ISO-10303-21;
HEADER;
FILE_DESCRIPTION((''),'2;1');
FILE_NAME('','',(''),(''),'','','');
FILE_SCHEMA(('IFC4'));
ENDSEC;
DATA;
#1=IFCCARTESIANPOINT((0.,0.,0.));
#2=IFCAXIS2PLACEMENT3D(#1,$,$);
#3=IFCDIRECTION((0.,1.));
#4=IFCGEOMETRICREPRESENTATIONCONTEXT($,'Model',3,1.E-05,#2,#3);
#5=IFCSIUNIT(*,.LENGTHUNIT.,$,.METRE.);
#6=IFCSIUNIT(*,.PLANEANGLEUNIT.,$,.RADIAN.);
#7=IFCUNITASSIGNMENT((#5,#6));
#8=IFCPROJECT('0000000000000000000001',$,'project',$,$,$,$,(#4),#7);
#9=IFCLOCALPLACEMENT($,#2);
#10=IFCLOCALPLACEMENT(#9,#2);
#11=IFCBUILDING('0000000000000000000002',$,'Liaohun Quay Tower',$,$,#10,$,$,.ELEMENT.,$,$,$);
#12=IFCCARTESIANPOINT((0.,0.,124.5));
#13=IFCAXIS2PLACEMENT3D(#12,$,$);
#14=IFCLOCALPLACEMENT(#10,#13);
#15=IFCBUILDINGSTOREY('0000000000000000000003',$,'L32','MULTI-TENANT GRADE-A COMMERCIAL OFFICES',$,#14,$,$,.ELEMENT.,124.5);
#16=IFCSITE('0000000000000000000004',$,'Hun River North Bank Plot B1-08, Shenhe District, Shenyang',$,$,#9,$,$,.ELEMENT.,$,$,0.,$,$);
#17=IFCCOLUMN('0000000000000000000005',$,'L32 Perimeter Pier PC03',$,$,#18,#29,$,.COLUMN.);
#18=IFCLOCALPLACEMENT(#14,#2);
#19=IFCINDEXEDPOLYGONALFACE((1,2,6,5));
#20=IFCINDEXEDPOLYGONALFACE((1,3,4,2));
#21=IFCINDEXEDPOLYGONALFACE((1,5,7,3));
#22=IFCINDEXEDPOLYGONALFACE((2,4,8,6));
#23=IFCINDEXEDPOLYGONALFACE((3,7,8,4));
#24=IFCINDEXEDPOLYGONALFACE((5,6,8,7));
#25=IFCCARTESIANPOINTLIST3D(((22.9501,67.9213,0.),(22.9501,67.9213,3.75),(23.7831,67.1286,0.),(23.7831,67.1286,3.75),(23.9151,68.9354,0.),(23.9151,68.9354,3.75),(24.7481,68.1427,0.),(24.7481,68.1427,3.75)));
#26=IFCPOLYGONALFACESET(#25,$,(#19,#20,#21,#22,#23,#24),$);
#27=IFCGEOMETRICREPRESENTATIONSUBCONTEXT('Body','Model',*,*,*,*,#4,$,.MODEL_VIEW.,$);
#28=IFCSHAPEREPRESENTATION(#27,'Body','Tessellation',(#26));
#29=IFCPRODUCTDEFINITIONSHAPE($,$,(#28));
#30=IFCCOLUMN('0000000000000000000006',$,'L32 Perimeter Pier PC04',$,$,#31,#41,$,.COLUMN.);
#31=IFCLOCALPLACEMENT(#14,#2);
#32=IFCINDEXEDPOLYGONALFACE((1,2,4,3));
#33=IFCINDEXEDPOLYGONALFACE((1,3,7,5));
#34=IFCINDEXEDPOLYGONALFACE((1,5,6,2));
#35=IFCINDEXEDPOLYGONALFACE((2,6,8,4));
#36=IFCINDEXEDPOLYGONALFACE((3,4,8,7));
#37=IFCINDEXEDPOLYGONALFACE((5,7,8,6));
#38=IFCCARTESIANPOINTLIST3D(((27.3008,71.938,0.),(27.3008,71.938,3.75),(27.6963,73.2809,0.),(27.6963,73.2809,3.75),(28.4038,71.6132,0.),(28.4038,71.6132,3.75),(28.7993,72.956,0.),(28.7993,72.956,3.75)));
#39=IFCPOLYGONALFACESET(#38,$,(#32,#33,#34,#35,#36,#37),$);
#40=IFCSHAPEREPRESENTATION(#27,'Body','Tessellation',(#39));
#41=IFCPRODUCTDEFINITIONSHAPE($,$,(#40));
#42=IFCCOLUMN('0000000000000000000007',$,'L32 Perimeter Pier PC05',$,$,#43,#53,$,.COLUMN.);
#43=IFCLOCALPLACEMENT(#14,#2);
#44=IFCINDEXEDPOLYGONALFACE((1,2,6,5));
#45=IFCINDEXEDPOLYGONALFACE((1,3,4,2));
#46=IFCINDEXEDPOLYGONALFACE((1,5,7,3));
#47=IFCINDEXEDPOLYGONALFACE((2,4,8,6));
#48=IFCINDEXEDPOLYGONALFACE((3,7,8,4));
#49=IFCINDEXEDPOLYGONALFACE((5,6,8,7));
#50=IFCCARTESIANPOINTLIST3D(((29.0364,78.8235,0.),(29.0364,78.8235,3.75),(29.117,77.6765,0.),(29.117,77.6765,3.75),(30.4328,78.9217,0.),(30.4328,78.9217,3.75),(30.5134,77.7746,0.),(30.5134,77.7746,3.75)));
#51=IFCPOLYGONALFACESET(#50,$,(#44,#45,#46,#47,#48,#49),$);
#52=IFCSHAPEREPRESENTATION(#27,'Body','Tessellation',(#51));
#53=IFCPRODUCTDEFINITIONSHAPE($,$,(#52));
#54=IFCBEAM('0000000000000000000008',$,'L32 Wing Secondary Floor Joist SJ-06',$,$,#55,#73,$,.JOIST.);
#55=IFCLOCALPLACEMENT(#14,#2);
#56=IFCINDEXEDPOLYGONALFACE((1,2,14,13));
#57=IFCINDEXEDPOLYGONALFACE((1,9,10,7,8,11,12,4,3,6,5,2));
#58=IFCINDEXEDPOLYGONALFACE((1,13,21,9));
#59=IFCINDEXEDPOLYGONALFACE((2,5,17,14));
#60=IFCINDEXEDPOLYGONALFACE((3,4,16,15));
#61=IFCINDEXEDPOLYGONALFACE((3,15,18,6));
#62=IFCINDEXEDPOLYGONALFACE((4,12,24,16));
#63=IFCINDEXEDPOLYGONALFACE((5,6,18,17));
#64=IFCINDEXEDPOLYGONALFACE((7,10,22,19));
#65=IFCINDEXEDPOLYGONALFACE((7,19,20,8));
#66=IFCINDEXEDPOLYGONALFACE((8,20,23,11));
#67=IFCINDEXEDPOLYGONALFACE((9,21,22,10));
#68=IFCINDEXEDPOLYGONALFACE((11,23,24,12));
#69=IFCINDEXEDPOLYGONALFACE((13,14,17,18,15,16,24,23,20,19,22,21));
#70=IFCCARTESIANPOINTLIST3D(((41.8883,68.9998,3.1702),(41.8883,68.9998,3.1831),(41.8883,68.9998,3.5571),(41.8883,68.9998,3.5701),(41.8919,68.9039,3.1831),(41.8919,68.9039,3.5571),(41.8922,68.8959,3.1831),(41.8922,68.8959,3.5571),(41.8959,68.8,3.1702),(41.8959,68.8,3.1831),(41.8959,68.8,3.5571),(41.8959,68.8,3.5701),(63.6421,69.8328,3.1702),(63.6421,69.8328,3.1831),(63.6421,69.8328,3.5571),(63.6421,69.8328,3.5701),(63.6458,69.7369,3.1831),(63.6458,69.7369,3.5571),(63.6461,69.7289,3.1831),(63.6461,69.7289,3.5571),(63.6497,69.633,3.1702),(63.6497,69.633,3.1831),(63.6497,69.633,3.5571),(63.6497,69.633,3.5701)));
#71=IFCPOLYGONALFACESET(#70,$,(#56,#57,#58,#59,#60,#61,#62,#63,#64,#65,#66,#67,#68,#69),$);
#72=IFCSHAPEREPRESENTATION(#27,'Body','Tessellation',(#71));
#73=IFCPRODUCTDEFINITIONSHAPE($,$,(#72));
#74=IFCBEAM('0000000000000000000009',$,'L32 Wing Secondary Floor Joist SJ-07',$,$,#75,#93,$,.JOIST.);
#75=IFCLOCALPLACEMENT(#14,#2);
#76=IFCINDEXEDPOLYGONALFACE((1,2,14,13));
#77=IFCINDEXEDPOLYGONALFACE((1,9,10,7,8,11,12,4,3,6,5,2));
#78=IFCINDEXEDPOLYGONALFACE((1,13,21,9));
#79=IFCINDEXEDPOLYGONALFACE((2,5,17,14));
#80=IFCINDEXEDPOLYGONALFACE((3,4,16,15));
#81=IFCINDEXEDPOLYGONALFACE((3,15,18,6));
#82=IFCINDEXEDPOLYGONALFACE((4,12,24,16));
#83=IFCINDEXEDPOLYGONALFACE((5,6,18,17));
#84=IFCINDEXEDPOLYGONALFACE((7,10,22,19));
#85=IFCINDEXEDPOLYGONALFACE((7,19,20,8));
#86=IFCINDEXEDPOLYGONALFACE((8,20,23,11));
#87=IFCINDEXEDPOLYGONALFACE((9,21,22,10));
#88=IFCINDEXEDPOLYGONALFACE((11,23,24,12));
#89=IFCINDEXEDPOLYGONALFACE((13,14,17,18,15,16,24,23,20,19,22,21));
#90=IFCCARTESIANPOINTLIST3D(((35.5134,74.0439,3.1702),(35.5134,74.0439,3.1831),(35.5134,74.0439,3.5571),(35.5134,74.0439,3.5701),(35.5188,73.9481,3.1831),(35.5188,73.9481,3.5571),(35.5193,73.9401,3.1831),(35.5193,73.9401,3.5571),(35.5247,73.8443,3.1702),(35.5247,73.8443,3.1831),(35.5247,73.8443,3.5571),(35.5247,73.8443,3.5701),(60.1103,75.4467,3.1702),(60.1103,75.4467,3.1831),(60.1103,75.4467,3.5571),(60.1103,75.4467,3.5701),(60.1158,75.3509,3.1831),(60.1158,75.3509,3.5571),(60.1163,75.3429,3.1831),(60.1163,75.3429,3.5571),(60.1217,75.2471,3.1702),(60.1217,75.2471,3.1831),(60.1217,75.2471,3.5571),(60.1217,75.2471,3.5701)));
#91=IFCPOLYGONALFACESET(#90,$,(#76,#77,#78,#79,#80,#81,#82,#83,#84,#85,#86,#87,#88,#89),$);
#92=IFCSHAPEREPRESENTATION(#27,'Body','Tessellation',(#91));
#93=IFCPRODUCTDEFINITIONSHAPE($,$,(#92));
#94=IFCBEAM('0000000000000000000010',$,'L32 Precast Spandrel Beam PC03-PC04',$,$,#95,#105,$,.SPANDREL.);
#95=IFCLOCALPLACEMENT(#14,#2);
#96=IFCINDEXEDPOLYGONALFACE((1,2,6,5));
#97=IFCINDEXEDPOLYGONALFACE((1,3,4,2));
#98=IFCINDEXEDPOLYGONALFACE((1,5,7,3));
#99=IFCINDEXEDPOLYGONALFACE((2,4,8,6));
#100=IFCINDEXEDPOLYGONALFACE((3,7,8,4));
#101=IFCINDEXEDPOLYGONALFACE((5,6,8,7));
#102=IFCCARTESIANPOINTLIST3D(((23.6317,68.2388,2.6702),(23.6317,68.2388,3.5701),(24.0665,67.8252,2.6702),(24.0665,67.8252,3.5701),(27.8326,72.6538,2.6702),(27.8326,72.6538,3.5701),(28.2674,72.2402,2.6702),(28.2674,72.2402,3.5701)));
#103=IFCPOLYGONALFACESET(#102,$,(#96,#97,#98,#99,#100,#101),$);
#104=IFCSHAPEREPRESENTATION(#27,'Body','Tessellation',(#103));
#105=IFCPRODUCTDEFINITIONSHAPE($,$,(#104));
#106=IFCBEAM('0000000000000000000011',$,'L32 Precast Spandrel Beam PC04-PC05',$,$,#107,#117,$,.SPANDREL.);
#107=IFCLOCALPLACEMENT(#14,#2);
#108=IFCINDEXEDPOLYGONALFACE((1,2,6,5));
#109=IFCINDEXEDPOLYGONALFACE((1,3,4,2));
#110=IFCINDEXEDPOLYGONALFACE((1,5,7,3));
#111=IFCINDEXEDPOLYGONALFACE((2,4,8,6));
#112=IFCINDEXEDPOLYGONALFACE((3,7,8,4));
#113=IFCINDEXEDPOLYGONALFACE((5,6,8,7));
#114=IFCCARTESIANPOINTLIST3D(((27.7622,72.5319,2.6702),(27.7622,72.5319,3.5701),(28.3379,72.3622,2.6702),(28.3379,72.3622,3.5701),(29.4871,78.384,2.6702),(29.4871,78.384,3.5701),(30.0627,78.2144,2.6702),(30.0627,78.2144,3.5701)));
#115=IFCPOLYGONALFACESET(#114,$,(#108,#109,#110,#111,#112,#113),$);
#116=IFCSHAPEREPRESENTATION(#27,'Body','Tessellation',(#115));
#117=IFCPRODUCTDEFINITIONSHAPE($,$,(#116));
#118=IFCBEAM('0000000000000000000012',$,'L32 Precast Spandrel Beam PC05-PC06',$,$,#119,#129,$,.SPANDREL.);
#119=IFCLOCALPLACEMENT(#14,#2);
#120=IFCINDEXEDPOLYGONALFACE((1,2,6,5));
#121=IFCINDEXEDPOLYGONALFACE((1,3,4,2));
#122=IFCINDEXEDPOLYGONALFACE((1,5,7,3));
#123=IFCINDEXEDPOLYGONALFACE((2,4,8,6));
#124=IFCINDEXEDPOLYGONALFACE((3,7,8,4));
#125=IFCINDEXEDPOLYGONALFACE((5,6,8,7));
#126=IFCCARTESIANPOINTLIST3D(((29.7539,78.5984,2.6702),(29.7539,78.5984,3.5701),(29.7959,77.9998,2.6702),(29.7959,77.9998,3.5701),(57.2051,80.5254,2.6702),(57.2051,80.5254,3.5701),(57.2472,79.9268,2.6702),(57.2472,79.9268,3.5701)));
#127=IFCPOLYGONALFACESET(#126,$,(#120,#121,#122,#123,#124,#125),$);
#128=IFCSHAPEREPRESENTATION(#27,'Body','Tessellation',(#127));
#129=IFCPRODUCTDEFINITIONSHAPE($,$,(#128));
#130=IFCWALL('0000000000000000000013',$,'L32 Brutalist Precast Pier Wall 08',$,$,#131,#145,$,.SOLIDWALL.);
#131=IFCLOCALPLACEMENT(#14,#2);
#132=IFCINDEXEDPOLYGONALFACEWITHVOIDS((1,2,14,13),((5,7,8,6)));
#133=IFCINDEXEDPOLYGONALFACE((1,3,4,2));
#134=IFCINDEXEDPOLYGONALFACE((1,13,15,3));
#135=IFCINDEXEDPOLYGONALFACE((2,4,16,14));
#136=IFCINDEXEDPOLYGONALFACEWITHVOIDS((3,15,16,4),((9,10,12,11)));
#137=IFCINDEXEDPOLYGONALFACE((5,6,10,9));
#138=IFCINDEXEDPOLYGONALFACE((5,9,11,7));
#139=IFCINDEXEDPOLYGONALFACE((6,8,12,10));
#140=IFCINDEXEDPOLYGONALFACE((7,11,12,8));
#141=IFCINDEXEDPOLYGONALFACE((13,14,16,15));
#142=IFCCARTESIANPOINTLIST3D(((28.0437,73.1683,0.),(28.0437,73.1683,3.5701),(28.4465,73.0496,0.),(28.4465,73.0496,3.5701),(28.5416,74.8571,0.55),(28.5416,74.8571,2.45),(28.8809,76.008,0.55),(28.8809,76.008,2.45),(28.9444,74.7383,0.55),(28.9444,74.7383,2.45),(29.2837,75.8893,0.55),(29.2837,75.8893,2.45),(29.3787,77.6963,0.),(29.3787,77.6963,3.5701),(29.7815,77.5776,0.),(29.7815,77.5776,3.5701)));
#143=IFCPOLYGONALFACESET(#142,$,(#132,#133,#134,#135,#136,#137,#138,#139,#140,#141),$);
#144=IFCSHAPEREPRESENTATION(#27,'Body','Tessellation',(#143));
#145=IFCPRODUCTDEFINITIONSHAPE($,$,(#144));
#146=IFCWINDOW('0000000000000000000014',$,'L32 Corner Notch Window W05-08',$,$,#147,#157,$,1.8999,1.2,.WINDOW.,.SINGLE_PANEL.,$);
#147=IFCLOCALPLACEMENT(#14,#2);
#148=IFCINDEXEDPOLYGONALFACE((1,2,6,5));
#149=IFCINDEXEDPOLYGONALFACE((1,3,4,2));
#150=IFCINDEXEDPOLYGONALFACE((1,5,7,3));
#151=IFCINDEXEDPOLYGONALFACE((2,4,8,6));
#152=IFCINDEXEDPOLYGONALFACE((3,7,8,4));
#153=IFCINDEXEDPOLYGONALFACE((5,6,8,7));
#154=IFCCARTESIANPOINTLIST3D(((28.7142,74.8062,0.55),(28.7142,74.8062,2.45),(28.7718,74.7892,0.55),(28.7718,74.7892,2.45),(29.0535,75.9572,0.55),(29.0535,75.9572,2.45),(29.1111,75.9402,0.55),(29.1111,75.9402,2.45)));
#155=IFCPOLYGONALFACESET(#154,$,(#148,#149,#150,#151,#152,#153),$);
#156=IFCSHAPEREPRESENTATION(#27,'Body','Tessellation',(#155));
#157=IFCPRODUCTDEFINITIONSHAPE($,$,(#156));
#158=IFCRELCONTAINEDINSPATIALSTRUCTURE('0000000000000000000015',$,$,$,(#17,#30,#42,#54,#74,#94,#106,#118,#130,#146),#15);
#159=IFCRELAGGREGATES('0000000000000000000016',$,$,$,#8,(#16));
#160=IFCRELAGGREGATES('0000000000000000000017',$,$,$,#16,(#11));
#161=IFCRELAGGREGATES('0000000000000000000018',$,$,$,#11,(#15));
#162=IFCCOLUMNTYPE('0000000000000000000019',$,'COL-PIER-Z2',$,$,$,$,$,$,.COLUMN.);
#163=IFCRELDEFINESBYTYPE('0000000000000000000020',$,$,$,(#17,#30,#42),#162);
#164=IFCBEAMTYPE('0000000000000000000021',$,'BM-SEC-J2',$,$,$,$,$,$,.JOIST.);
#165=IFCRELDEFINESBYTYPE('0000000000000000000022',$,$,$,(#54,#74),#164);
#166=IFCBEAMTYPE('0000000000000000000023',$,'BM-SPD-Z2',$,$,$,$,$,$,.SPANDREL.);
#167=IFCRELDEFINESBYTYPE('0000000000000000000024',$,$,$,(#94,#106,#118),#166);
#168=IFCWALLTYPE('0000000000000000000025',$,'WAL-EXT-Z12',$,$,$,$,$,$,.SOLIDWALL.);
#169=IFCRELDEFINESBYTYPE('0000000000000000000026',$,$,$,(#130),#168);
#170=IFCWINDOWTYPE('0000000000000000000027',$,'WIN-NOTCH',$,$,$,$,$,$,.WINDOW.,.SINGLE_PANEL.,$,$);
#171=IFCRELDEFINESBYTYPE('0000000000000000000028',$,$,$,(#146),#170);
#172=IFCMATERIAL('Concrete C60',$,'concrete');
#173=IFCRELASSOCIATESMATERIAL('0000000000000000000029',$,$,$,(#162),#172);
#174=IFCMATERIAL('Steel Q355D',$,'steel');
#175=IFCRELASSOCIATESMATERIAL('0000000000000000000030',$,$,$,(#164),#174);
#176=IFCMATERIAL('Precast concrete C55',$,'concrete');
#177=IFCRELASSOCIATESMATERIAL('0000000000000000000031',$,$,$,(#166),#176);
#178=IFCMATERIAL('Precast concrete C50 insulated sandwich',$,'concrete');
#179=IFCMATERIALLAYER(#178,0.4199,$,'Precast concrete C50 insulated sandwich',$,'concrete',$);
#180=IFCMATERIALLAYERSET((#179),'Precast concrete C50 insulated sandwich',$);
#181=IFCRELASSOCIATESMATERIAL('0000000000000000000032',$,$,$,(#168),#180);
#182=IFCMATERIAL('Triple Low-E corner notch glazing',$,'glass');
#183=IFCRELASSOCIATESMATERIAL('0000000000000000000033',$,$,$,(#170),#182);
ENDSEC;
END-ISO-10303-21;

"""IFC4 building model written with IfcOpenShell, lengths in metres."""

from ifc_helpers import new_model, si_unit, direction, frame, frame_2d, origin, origin_2d, place, context, subcontext, project, spatial, rectangle, i_section, extrude, source, transform, mapped, material, layer, layer_set, material_profile, profile_set, type_object, element, fill, save


model = new_model("IFC4")

# Units and contexts
model_context = context("Model", 3, precision=1e-05, world=origin(), true_north=direction((0.0, 1.0)))
body_context = subcontext(model_context, "Body", "Model", "MODEL_VIEW")
ifc_project = project(units=[si_unit("LENGTHUNIT", "METRE"), si_unit("PLANEANGLEUNIT", "RADIAN")], contexts=[model_context])

# Site, building, storey
site_placement = place(None, origin())
site = spatial("IfcSite", under=ifc_project, at=site_placement, Name="Hun River North Bank Plot B1-08, Shenhe District, Shenyang", CompositionType="ELEMENT", RefElevation=0.0)
building_placement = place(site_placement, origin())
building = spatial("IfcBuilding", under=site, at=building_placement, Name="Liaohun Quay Tower", CompositionType="ELEMENT")
storey_placement = place(building_placement, frame((0.0, 0.0, 124.5)))
storey = spatial("IfcBuildingStorey", under=building, at=storey_placement, Name="L32", Description="MULTI-TENANT GRADE-A COMMERCIAL OFFICES", CompositionType="ELEMENT", Elevation=124.5)

# Columns
ifc_material_1 = material(Name="Concrete C60", Category="concrete")
ifc_material_profile_1 = material_profile(ifc_material_1, rectangle(XDim=1.3999, YDim=1.1499, at=origin_2d()), Name="RC1400x1150")
ifc_profile_set_1 = profile_set([ifc_material_profile_1], Name="Concrete C60")
column_type = type_object("IfcColumnType", Name="COL-PIER-Z2", PredefinedType="COLUMN", material=ifc_profile_set_1)
shared_shape_1 = source(origin(), body_context, "Body", "SweptSolid", [
    extrude(rectangle(XDim=1.3999, YDim=1.1499, at=origin_2d()), origin(), (0.0, 0.0, 1.0), 3.75),
])
for number, where, z_axis, x_axis, name in (
    (1, (23.8491, 68.032, 0.0), (0.0, 0.0, 1.0), (0.689367, 0.724413, 0.0), "L32 Perimeter Pier PC03"),
    (2, (28.05, 72.447, 0.0), (0.0, 0.0, 1.0), (0.282509, 0.959265, 0.0), "L32 Perimeter Pier PC04"),
    (3, (29.7749, 78.2991, 0.0), (0.0, 0.0, 1.0), (0.99754, 0.070105, 0.0), "L32 Perimeter Pier PC05"),
):
    element("IfcColumn", number, at=place(storey_placement, frame(where, z_axis=z_axis, x_axis=x_axis)), inside=storey, type_object=column_type, Name=name, PredefinedType="COLUMN", context=body_context, shape_type="MappedRepresentation", body=[
        mapped(shared_shape_1, transform((0.0, 0.0, 0.0), x_axis=(1.0, 0.0, 0.0), y_axis=(0.0, 1.0, 0.0), z_axis=(0.0, 0.0, 1.0), scale=1.0)),
    ])

# Beams
ifc_material_2 = material(Name="Steel Q355D", Category="steel")
ifc_material_profile_2 = material_profile(ifc_material_2, i_section(OverallWidth=0.2, OverallDepth=0.3999, WebThickness=0.0081, FlangeThickness=0.0129, at=origin_2d()), Name="HN400x200x8x13")
ifc_profile_set_2 = profile_set([ifc_material_profile_2], Name="Steel Q355D")
beam_type_1 = type_object("IfcBeamType", Name="BM-SEC-J2", PredefinedType="JOIST", material=ifc_profile_set_2)
shared_shape_2 = source(origin(), body_context, "Body", "SweptSolid", [
    extrude(i_section(OverallWidth=0.2, OverallDepth=0.3999, WebThickness=0.0081, FlangeThickness=0.0129, at=origin_2d()), origin(), (0.0, 0.0, 1.0), 21.7698),
])
beam_1_placement = place(storey_placement, frame((41.8921, 68.8999, 3.3701), z_axis=(0.999268, 0.038264, 0.0), x_axis=(-0.038264, 0.999268, 0.0)))
element("IfcBeam", 4, at=beam_1_placement, inside=storey, type_object=beam_type_1, Name="L32 Wing Secondary Floor Joist SJ-06", PredefinedType="JOIST", context=body_context, shape_type="MappedRepresentation", body=[
    mapped(shared_shape_2, transform((0.0, 0.0, 0.0), x_axis=(1.0, 0.0, 0.0), y_axis=(0.0, 1.0, 0.0), z_axis=(0.0, 0.0, 1.0), scale=1.0)),
])
shared_shape_3 = source(origin(), body_context, "Body", "SweptSolid", [
    extrude(i_section(OverallWidth=0.2, OverallDepth=0.3999, WebThickness=0.0081, FlangeThickness=0.0129, at=origin_2d()), origin(), (0.0, 0.0, 1.0), 24.637),
])
beam_2_placement = place(storey_placement, frame((35.519, 73.9441, 3.3701), z_axis=(0.998378, 0.05694, 0.0), x_axis=(-0.05694, 0.998378, 0.0)))
element("IfcBeam", 5, at=beam_2_placement, inside=storey, type_object=beam_type_1, Name="L32 Wing Secondary Floor Joist SJ-07", PredefinedType="JOIST", context=body_context, shape_type="MappedRepresentation", body=[
    mapped(shared_shape_3, transform((0.0, 0.0, 0.0), x_axis=(1.0, 0.0, 0.0), y_axis=(0.0, 1.0, 0.0), z_axis=(0.0, 0.0, 1.0), scale=1.0)),
])
ifc_material_3 = material(Name="Precast concrete C55", Category="concrete")
ifc_material_profile_3 = material_profile(ifc_material_3, rectangle(XDim=0.6001, YDim=0.8999, at=origin_2d()), Name="RC600x900")
ifc_profile_set_3 = profile_set([ifc_material_profile_3], Name="Precast concrete C55")
beam_type_2 = type_object("IfcBeamType", Name="BM-SPD-Z2", PredefinedType="SPANDREL", material=ifc_profile_set_3)
shared_shape_4 = source(origin(), body_context, "Body", "SweptSolid", [
    extrude(rectangle(XDim=0.6001, YDim=0.8999, at=origin_2d()), origin(), (0.0, 0.0, 1.0), 6.0942),
])
beam_3_placement = place(storey_placement, frame((23.8491, 68.032, 3.1201), z_axis=(0.689322, 0.724455, 0.0), x_axis=(-0.724455, 0.689322, 0.0)))
element("IfcBeam", 6, at=beam_3_placement, inside=storey, type_object=beam_type_2, Name="L32 Precast Spandrel Beam PC03-PC04", PredefinedType="SPANDREL", context=body_context, shape_type="MappedRepresentation", body=[
    mapped(shared_shape_4, transform((0.0, 0.0, 0.0), x_axis=(1.0, 0.0, 0.0), y_axis=(0.0, 1.0, 0.0), z_axis=(0.0, 0.0, 1.0), scale=1.0)),
])
shared_shape_5 = source(origin(), body_context, "Body", "SweptSolid", [
    extrude(rectangle(XDim=0.6001, YDim=0.8999, at=origin_2d()), origin(), (0.0, 0.0, 1.0), 6.1011),
])
beam_4_placement = place(storey_placement, frame((28.05, 72.447, 3.1201), z_axis=(0.282719, 0.959203, 0.0), x_axis=(-0.959203, 0.282719, 0.0)))
element("IfcBeam", 7, at=beam_4_placement, inside=storey, type_object=beam_type_2, Name="L32 Precast Spandrel Beam PC04-PC05", PredefinedType="SPANDREL", context=body_context, shape_type="MappedRepresentation", body=[
    mapped(shared_shape_5, transform((0.0, 0.0, 0.0), x_axis=(1.0, 0.0, 0.0), y_axis=(0.0, 1.0, 0.0), z_axis=(0.0, 0.0, 1.0), scale=1.0)),
])
shared_shape_6 = source(origin(), body_context, "Body", "SweptSolid", [
    extrude(rectangle(XDim=0.6001, YDim=0.8999, at=origin_2d()), origin(), (0.0, 0.0, 1.0), 27.5188),
])
beam_5_placement = place(storey_placement, frame((29.7749, 78.2991, 3.1201), z_axis=(0.997545, 0.070025, 0.0), x_axis=(-0.070025, 0.997545, 0.0)))
element("IfcBeam", 8, at=beam_5_placement, inside=storey, type_object=beam_type_2, Name="L32 Precast Spandrel Beam PC05-PC06", PredefinedType="SPANDREL", context=body_context, shape_type="MappedRepresentation", body=[
    mapped(shared_shape_6, transform((0.0, 0.0, 0.0), x_axis=(1.0, 0.0, 0.0), y_axis=(0.0, 1.0, 0.0), z_axis=(0.0, 0.0, 1.0), scale=1.0)),
])

# Wall, opening, window
ifc_material_4 = material(Name="Precast concrete C50 insulated sandwich", Category="concrete")
ifc_layer_1 = layer(ifc_material_4, 0.4199, Name="Precast concrete C50 insulated sandwich", Category="concrete")
ifc_layer_set_1 = layer_set([ifc_layer_1], Name="Precast concrete C50 insulated sandwich")
wall_type_1 = type_object("IfcWallType", Name="WAL-EXT-Z12", PredefinedType="SOLIDWALL", material=ifc_layer_set_1)
wall_1_placement = place(storey_placement, frame((29.5801, 77.637, 0.0), z_axis=(0.0, 0.0, 1.0), x_axis=(-0.282785, -0.959183, 0.0)))
wall_1 = element("IfcWall", 9, at=wall_1_placement, inside=storey, type_object=wall_type_1, Name="L32 Brutalist Precast Pier Wall 08", PredefinedType="SOLIDWALL", context=body_context, shape_type="SweptSolid", body=[
    extrude(rectangle(XDim=4.7207, YDim=0.4199, at=frame_2d((2.3604, 0.0))), origin(), (0.0, 0.0, 1.0), 3.5701),
])
shared_shape_7 = source(origin(), body_context, "Body", "SweptSolid", [
    extrude(rectangle(XDim=1.2, YDim=1.8999, at=frame_2d((0.6001, 0.95))), frame((0.0, 0.22, 0.0), z_axis=(0.0, -1.0, 0.0), x_axis=(1.0, 0.0, 0.0)), (0.0, 0.0, 1.0), 0.4399),
])
opening_1_placement = place(wall_1_placement, frame((1.76, 0.0, 0.55)))
opening_1 = element("IfcOpeningElement", 10, at=opening_1_placement, cuts=wall_1, PredefinedType="OPENING", context=body_context, shape_type="MappedRepresentation", body=[
    mapped(shared_shape_7, transform((0.0, 0.0, 0.0), x_axis=(1.0, 0.0, 0.0), y_axis=(0.0, 1.0, 0.0), z_axis=(0.0, 0.0, 1.0), scale=1.0)),
])
ifc_material_5 = material(Name="Triple Low-E corner notch glazing", Category="glass")
window_type_1 = type_object("IfcWindowType", Name="WIN-NOTCH", PartitioningType="SINGLE_PANEL", PredefinedType="WINDOW", material=ifc_material_5)
shared_shape_8 = source(origin(), body_context, "Body", "SweptSolid", [
    extrude(rectangle(XDim=1.2, YDim=1.8999, at=frame_2d((0.6001, 0.95))), frame((0.0, 0.03, 0.0), z_axis=(0.0, -1.0, 0.0), x_axis=(1.0, 0.0, 0.0)), (0.0, 0.0, 1.0), 0.0601),
])
window_1_placement = place(opening_1_placement, origin())
window_1 = element("IfcWindow", 11, at=window_1_placement, inside=storey, type_object=window_type_1, Name="L32 Corner Notch Window W05-08", OverallHeight=1.8999, OverallWidth=1.2, PartitioningType="SINGLE_PANEL", PredefinedType="WINDOW", context=body_context, shape_type="MappedRepresentation", body=[
    mapped(shared_shape_8, transform((0.0, 0.0, 0.0), x_axis=(1.0, 0.0, 0.0), y_axis=(0.0, 1.0, 0.0), z_axis=(0.0, 0.0, 1.0), scale=1.0)),
])
fill(opening_1, window_1)

save(model, "model.ifc")
